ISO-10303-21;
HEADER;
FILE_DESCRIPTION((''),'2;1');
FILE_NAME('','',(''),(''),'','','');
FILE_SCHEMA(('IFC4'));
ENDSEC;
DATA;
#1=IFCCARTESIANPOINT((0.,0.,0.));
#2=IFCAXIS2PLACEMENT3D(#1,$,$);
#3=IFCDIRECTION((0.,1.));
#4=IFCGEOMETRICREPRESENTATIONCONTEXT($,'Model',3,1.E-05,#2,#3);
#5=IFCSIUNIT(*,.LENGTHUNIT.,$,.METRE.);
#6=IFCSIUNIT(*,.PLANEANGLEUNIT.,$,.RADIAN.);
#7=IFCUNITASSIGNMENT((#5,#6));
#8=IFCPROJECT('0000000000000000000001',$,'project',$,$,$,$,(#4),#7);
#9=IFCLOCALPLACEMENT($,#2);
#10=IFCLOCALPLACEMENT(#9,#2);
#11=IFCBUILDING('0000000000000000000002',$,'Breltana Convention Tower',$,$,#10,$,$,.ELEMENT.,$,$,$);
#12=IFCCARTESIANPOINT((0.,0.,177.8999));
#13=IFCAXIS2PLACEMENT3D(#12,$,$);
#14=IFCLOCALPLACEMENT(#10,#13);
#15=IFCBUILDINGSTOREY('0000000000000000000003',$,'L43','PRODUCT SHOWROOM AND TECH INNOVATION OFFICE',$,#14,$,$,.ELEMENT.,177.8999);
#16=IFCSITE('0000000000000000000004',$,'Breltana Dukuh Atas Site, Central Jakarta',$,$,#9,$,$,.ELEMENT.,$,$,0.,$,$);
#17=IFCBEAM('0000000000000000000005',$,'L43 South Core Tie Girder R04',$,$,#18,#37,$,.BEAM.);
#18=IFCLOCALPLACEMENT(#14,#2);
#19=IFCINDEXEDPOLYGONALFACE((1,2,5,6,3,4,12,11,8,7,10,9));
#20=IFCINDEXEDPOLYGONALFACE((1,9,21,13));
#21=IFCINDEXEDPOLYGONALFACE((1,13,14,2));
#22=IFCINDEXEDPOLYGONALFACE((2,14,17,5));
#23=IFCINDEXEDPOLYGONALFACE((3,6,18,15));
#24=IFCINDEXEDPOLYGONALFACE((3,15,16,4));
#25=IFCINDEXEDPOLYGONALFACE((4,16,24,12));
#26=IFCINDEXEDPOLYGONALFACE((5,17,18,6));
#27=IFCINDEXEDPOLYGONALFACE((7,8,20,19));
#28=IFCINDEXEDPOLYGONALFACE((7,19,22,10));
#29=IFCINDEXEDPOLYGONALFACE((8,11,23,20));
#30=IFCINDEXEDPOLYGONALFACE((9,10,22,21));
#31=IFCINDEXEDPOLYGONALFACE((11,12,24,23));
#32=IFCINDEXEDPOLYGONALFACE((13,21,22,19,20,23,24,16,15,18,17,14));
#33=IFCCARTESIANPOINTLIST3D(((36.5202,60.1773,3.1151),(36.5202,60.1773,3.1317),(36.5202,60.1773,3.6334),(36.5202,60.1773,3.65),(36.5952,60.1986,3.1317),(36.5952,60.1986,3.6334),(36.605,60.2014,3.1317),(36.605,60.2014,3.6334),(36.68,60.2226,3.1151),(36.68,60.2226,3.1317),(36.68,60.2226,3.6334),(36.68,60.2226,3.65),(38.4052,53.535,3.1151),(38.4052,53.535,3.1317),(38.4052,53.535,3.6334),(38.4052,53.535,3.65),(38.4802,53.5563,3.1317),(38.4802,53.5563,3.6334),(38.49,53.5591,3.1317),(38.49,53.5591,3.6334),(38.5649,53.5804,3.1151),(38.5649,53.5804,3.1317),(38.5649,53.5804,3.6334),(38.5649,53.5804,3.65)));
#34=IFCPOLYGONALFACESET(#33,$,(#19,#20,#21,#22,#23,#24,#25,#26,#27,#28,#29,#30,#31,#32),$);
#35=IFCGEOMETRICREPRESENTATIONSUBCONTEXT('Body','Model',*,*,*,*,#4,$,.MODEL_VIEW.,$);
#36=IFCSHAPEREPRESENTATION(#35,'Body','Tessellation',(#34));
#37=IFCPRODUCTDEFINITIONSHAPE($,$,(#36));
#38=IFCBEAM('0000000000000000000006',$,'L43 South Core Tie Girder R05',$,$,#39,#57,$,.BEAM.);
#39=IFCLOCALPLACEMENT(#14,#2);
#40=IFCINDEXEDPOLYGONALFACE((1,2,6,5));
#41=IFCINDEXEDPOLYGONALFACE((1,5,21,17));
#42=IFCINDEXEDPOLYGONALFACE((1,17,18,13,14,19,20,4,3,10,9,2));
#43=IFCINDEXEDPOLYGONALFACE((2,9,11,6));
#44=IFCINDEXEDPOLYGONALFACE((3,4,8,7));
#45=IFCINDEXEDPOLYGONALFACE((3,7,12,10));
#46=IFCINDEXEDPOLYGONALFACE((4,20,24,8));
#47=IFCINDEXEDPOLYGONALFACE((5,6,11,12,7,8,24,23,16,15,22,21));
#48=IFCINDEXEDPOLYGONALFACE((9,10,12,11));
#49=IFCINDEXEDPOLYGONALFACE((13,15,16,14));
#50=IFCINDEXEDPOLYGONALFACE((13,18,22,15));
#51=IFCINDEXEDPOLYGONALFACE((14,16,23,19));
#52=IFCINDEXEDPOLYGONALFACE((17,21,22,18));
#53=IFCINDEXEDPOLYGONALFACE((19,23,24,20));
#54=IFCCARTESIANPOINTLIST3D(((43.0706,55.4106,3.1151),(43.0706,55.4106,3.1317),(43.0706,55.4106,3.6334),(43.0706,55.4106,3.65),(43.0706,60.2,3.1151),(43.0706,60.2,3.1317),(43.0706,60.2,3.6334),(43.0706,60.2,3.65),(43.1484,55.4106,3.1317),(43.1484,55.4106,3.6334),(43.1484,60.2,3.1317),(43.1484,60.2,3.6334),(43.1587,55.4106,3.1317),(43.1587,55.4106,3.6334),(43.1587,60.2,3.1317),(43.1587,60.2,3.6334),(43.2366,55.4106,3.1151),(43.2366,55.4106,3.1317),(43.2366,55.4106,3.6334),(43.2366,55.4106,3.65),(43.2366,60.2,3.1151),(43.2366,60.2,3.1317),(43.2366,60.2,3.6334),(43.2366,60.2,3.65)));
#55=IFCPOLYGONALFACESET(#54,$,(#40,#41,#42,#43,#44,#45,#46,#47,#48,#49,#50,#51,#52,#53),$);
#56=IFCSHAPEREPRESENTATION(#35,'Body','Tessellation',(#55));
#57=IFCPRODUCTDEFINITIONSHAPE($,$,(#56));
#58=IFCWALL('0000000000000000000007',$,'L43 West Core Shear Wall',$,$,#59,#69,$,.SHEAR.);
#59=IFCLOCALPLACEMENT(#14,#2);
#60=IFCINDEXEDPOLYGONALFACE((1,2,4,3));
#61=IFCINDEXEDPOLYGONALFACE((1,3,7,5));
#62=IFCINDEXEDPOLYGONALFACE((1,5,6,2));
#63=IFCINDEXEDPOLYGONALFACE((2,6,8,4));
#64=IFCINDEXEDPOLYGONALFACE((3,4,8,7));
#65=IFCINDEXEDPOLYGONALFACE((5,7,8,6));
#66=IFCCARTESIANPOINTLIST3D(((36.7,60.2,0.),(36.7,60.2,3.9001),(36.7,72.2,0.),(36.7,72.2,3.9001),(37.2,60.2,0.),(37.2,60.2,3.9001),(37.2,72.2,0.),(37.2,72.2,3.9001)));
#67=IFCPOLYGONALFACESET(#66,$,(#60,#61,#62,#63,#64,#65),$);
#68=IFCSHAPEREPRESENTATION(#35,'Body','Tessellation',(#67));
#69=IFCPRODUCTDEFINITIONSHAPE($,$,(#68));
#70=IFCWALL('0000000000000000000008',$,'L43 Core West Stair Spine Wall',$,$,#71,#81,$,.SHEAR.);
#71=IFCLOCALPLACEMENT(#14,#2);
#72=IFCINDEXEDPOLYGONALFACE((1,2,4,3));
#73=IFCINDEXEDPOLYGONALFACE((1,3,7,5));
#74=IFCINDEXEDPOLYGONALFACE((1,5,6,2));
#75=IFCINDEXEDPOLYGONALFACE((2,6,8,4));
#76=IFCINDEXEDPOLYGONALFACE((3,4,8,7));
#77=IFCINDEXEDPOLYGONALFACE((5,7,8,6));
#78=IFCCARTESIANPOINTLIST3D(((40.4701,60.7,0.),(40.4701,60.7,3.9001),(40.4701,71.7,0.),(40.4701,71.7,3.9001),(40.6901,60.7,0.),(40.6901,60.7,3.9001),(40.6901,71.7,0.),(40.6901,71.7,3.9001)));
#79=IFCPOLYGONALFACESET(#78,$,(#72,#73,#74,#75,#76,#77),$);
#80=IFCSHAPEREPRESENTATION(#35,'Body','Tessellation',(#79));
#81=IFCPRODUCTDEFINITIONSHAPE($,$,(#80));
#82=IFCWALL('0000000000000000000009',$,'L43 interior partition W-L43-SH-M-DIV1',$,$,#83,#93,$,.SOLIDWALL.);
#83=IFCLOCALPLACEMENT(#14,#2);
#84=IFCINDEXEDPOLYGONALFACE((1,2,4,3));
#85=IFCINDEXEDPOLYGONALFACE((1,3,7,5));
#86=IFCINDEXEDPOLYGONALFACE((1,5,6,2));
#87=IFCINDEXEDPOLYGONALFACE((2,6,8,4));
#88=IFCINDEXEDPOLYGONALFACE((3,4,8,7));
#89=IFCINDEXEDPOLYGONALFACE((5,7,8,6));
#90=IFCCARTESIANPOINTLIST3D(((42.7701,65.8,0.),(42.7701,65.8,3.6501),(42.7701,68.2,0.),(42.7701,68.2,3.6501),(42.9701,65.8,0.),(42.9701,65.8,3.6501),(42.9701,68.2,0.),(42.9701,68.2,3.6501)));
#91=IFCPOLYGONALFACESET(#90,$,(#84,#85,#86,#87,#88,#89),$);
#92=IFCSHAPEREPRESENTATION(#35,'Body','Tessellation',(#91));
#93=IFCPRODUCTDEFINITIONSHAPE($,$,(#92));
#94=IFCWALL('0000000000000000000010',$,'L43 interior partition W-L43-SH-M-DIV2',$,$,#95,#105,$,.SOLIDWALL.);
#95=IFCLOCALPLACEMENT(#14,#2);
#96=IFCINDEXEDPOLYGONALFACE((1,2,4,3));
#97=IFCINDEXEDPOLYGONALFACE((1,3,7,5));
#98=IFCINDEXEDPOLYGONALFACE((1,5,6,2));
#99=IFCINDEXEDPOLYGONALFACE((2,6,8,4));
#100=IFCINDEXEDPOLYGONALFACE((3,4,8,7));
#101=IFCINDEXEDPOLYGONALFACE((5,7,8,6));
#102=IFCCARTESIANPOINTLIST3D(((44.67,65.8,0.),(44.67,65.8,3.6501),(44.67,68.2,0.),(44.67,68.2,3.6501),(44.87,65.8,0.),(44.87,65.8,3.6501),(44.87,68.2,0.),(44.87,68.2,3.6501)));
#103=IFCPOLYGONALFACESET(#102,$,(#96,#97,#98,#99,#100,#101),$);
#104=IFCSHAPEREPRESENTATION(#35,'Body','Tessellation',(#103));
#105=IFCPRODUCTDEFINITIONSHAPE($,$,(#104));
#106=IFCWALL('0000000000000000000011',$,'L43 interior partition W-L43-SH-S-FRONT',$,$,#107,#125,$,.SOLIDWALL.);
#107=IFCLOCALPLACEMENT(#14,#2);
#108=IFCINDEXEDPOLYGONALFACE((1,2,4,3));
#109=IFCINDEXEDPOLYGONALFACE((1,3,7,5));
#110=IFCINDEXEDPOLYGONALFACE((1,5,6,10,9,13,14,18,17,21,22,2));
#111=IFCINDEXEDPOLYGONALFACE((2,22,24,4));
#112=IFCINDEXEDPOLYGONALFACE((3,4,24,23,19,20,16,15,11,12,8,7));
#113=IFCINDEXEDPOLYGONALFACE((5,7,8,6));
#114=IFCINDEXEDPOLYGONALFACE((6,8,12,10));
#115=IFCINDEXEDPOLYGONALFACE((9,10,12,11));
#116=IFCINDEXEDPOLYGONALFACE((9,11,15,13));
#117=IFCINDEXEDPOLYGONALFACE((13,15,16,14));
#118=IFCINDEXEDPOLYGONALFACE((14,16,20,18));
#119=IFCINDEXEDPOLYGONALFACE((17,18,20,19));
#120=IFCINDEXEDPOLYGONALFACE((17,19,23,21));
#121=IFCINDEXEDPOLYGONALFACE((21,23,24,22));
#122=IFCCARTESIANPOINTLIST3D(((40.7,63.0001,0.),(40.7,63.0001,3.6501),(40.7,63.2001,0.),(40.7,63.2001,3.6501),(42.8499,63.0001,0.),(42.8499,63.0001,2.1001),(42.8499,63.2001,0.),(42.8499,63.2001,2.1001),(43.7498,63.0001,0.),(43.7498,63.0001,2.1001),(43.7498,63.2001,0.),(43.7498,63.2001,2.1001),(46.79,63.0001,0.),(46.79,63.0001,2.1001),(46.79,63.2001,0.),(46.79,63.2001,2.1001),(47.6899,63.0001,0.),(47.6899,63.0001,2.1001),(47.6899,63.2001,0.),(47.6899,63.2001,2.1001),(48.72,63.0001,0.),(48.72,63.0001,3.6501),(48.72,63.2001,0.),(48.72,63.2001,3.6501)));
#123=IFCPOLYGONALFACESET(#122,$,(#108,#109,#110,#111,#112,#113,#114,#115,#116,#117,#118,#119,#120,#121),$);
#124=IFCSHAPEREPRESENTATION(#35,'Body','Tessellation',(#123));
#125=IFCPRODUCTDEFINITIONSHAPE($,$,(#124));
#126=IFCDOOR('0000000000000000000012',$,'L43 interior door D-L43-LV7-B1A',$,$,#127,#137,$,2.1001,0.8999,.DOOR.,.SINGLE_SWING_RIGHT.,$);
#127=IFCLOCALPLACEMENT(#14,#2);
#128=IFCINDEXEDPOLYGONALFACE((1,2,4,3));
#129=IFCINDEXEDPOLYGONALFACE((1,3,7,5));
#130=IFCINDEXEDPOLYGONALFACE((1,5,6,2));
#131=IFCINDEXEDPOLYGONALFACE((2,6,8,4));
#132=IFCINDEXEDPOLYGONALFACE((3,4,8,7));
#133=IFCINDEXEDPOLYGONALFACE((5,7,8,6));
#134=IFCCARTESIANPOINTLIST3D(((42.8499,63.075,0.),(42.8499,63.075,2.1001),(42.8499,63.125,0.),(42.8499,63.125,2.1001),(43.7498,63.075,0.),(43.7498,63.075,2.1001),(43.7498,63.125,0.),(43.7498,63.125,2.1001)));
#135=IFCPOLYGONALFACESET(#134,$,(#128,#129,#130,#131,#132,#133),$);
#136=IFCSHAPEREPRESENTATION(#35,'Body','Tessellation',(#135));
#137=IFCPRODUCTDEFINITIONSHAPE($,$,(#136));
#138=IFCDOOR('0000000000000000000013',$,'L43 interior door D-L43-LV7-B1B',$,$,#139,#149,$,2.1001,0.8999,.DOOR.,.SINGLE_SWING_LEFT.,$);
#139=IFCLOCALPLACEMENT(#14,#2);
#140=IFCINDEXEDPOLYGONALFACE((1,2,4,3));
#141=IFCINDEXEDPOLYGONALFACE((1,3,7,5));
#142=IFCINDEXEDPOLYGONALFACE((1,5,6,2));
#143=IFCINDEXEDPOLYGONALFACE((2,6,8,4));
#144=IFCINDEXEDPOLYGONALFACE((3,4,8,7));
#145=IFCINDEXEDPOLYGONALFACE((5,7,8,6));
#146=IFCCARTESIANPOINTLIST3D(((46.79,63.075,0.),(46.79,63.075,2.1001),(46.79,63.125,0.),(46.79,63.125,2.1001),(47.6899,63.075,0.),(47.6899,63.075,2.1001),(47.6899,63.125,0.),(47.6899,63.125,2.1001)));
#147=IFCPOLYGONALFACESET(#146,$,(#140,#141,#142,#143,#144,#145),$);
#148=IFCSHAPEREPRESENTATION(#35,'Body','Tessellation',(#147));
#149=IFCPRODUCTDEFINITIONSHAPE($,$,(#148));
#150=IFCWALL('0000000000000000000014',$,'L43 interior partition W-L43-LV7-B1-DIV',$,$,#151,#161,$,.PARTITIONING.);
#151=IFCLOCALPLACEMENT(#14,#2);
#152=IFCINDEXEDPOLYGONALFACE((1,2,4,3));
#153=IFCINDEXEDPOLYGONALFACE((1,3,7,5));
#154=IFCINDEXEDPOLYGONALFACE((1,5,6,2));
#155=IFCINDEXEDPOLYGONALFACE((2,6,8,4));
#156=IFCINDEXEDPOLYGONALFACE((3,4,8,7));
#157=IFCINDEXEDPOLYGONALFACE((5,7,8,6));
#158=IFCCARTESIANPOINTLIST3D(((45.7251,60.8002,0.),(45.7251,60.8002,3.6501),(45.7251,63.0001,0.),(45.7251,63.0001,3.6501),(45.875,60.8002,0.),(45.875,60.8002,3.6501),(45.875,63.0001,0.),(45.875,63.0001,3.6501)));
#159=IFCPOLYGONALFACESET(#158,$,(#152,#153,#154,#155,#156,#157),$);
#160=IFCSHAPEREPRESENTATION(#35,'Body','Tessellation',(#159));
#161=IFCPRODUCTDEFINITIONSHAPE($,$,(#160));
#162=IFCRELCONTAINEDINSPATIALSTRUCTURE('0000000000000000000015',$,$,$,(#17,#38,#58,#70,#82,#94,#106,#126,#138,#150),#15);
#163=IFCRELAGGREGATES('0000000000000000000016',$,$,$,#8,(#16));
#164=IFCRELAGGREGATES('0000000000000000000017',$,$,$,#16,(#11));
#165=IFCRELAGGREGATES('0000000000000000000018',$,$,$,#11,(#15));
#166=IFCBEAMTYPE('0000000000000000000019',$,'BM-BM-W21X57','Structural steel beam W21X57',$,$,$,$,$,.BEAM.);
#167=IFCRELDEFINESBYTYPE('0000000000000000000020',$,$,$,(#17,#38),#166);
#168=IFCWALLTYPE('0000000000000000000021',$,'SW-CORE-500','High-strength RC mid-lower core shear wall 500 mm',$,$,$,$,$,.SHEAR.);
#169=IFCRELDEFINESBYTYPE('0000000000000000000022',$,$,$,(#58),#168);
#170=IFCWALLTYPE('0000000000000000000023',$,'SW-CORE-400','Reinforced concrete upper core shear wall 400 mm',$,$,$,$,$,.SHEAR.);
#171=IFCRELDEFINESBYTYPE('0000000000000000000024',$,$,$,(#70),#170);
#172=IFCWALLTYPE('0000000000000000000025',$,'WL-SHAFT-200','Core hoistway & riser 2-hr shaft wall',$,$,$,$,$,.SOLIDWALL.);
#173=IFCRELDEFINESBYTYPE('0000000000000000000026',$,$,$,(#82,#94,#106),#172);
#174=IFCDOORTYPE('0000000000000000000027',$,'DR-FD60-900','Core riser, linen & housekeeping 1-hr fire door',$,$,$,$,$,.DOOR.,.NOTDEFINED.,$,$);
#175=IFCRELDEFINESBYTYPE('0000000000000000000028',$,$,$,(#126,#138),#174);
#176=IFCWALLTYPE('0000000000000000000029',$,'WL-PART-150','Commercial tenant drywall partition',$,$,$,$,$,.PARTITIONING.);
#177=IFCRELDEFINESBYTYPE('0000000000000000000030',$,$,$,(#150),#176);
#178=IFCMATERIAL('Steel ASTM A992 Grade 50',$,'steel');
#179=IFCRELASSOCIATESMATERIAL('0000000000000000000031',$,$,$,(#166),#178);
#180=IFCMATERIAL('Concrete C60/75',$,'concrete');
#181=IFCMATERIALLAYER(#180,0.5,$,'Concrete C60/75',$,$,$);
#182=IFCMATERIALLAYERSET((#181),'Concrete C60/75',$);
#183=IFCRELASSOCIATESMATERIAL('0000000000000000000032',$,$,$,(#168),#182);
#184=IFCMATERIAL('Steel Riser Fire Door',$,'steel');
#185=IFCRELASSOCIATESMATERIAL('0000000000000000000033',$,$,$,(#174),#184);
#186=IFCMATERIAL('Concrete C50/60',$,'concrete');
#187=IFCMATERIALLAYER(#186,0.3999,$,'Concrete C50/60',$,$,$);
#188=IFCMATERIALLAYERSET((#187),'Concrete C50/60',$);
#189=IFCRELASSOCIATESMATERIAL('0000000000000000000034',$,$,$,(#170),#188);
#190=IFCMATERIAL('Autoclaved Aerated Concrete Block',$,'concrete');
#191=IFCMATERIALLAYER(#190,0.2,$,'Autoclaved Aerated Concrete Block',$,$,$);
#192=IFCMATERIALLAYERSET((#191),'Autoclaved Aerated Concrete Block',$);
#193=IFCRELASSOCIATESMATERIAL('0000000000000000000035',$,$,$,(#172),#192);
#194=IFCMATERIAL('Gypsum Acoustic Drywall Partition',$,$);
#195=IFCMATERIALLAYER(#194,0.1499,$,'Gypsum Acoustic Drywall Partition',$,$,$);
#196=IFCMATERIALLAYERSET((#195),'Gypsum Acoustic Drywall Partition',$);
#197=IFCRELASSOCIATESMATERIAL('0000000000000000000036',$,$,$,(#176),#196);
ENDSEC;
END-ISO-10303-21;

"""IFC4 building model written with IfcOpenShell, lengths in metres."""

from ifc_helpers import new_model, si_unit, direction, frame, frame_2d, origin, origin_2d, place, context, subcontext, project, spatial, rectangle, i_section, extrude, source, transform, mapped, material, layer, layer_set, material_profile, profile_set, type_object, type_shapes, element, fill, save


model = new_model("IFC4")

# Units and contexts
model_context = context("Model", 3, precision=1e-05, world=origin(), true_north=direction((0.0, 1.0)))
body_context = subcontext(model_context, "Body", "Model", "MODEL_VIEW")
ifc_project = project(units=[si_unit("LENGTHUNIT", "METRE"), si_unit("PLANEANGLEUNIT", "RADIAN")], contexts=[model_context])

# Site, building, storey
site_placement = place(None, origin())
site = spatial("IfcSite", under=ifc_project, at=site_placement, Name="Breltana Dukuh Atas Site, Central Jakarta", CompositionType="ELEMENT", RefElevation=0.0)
building_placement = place(site_placement, origin())
building = spatial("IfcBuilding", under=site, at=building_placement, Name="Breltana Convention Tower", CompositionType="ELEMENT")
storey_placement = place(building_placement, frame((0.0, 0.0, 177.8999)))
storey = spatial("IfcBuildingStorey", under=building, at=storey_placement, Name="L43", Description="PRODUCT SHOWROOM AND TECH INNOVATION OFFICE", CompositionType="ELEMENT", Elevation=177.8999)

# Beams
ifc_material_1 = material(Name="Steel ASTM A992 Grade 50", Category="steel")
ifc_material_profile = material_profile(ifc_material_1, i_section(OverallWidth=0.166, OverallDepth=0.5349, WebThickness=0.0103, FlangeThickness=0.0166, at=origin_2d()), Name="W21X57")
ifc_profile_set = profile_set([ifc_material_profile], Name="Steel ASTM A992 Grade 50")
beam_type = type_object("IfcBeamType", Name="BM-BM-W21X57", Description="Structural steel beam W21X57", PredefinedType="BEAM", material=ifc_profile_set)
shared_shape_1 = source(origin(), body_context, "Body", "SweptSolid", [
    extrude(i_section(OverallWidth=0.166, OverallDepth=0.5349, WebThickness=0.0103, FlangeThickness=0.0166, at=origin_2d()), origin(), (0.0, 0.0, 1.0), 6.9045),
])
type_shapes(beam_type, [shared_shape_1])
beam_1_placement = place(storey_placement, frame((36.6001, 60.2, 3.3826), z_axis=(0.273007, -0.962012, 0.0), x_axis=(0.962012, 0.273007, 0.0)))
element("IfcBeam", 1, at=beam_1_placement, inside=storey, type_object=beam_type, Name="L43 South Core Tie Girder R04", PredefinedType="BEAM", context=body_context, shape_type="MappedRepresentation", body=[
    mapped(shared_shape_1, transform((0.0, 0.0, 0.0), scale=1.0)),
])
shared_shape_2 = source(origin(), body_context, "Body", "SweptSolid", [
    extrude(i_section(OverallWidth=0.166, OverallDepth=0.5349, WebThickness=0.0103, FlangeThickness=0.0166, at=origin_2d()), origin(), (0.0, 0.0, 1.0), 4.7893),
])
beam_2_placement = place(storey_placement, frame((43.1536, 60.2, 3.3826), z_axis=(0.0, -1.0, 0.0), x_axis=(1.0, 0.0, 0.0)))
element("IfcBeam", 2, at=beam_2_placement, inside=storey, type_object=beam_type, Name="L43 South Core Tie Girder R05", PredefinedType="BEAM", context=body_context, shape_type="MappedRepresentation", body=[
    mapped(shared_shape_2, transform((0.0, 0.0, 0.0), scale=1.0)),
])

# Wall
ifc_material_2 = material(Name="Concrete C60/75", Category="concrete")
ifc_layer_1 = layer(ifc_material_2, 0.5, Name="Concrete C60/75")
ifc_layer_set_1 = layer_set([ifc_layer_1], Name="Concrete C60/75")
wall_type_1 = type_object("IfcWallType", Name="SW-CORE-500", Description="High-strength RC mid-lower core shear wall 500 mm", PredefinedType="SHEAR", material=ifc_layer_set_1)
shared_shape_3 = source(origin(), body_context, "Body", "SweptSolid", [
    extrude(rectangle(XDim=12.0, YDim=0.5, at=frame_2d((6.0, 0.0))), origin(), (0.0, 0.0, 1.0), 3.9001),
])
wall_1_placement = place(storey_placement, frame((36.95, 60.2, 0.0), z_axis=(0.0, 0.0, 1.0), x_axis=(0.0, 1.0, 0.0)))
element("IfcWall", 3, at=wall_1_placement, inside=storey, type_object=wall_type_1, Name="L43 West Core Shear Wall", PredefinedType="SHEAR", context=body_context, shape_type="MappedRepresentation", body=[
    mapped(shared_shape_3, transform((0.0, 0.0, 0.0), scale=1.0)),
])

# Shared definitions
ifc_material_3 = material(Name="Steel Riser Fire Door", Category="steel")
door_type_1 = type_object("IfcDoorType", Name="DR-FD60-900", Description="Core riser, linen & housekeeping 1-hr fire door", OperationType="NOTDEFINED", PredefinedType="DOOR", material=ifc_material_3)
shared_shape_4 = source(origin(), body_context, "Body", "SweptSolid", [
    extrude(rectangle(XDim=0.8999, YDim=2.1001, at=frame_2d((0.45, 1.05))), frame((0.0, 0.0249, 0.0), z_axis=(0.0, -1.0, 0.0), x_axis=(1.0, 0.0, 0.0)), (0.0, 0.0, 1.0), 0.05),
])
type_shapes(door_type_1, [shared_shape_4])

# Walls
ifc_material_4 = material(Name="Concrete C50/60", Category="concrete")
ifc_layer_2 = layer(ifc_material_4, 0.3999, Name="Concrete C50/60")
ifc_layer_set_2 = layer_set([ifc_layer_2], Name="Concrete C50/60")
wall_type_2 = type_object("IfcWallType", Name="SW-CORE-400", Description="Reinforced concrete upper core shear wall 400 mm", PredefinedType="SHEAR", material=ifc_layer_set_2)
shared_shape_5 = source(origin(), body_context, "Body", "SweptSolid", [
    extrude(rectangle(XDim=11.0, YDim=0.22, at=frame_2d((5.5, 0.0))), origin(), (0.0, 0.0, 1.0), 3.9001),
])
wall_2_placement = place(storey_placement, frame((40.5801, 60.7, 0.0), z_axis=(0.0, 0.0, 1.0), x_axis=(0.0, 1.0, 0.0)))
element("IfcWall", 4, at=wall_2_placement, inside=storey, type_object=wall_type_2, Name="L43 Core West Stair Spine Wall", PredefinedType="SHEAR", context=body_context, shape_type="MappedRepresentation", body=[
    mapped(shared_shape_5, transform((0.0, 0.0, 0.0), scale=1.0)),
])
ifc_material_5 = material(Name="Autoclaved Aerated Concrete Block", Category="concrete")
ifc_layer_3 = layer(ifc_material_5, 0.2, Name="Autoclaved Aerated Concrete Block")
ifc_layer_set_3 = layer_set([ifc_layer_3], Name="Autoclaved Aerated Concrete Block")
wall_type_3 = type_object("IfcWallType", Name="WL-SHAFT-200", Description="Core hoistway & riser 2-hr shaft wall", PredefinedType="SOLIDWALL", material=ifc_layer_set_3)
shared_shape_6 = source(origin(), body_context, "Body", "SweptSolid", [
    extrude(rectangle(XDim=2.3999, YDim=0.2, at=frame_2d((1.2, 0.0))), origin(), (0.0, 0.0, 1.0), 3.6501),
])
for number, where, z_axis, x_axis, name in (
    (5, (42.8701, 65.8, 0.0), (0.0, 0.0, 1.0), (0.0, 1.0, 0.0), "L43 interior partition W-L43-SH-M-DIV1"),
    (6, (44.77, 65.8, 0.0), (0.0, 0.0, 1.0), (0.0, 1.0, 0.0), "L43 interior partition W-L43-SH-M-DIV2"),
):
    element("IfcWall", number, at=place(storey_placement, frame(where, z_axis=z_axis, x_axis=x_axis)), inside=storey, type_object=wall_type_3, Name=name, PredefinedType="SOLIDWALL", context=body_context, shape_type="MappedRepresentation", body=[
        mapped(shared_shape_6, transform((0.0, 0.0, 0.0), scale=1.0)),
    ])

# Wall, openings, doors
shared_shape_7 = source(origin(), body_context, "Body", "SweptSolid", [
    extrude(rectangle(XDim=8.02, YDim=0.2, at=frame_2d((4.01, 0.0))), origin(), (0.0, 0.0, 1.0), 3.6501),
])
wall_3_placement = place(storey_placement, frame((40.7, 63.1001, 0.0), z_axis=(0.0, 0.0, 1.0), x_axis=(1.0, 0.0, 0.0)))
wall_3 = element("IfcWall", 7, at=wall_3_placement, inside=storey, type_object=wall_type_3, Name="L43 interior partition W-L43-SH-S-FRONT", PredefinedType="SOLIDWALL", context=body_context, shape_type="MappedRepresentation", body=[
    mapped(shared_shape_7, transform((0.0, 0.0, 0.0), scale=1.0)),
])
opening_1_placement = place(wall_3_placement, frame((2.1499, 0.0, 0.0)))
opening_1 = element("IfcOpeningElement", 8, at=opening_1_placement, cuts=wall_3, PredefinedType="OPENING", context=body_context, shape_type="SweptSolid", body=[
    extrude(rectangle(XDim=0.8999, YDim=2.1001, at=frame_2d((0.45, 1.05))), frame((0.0, 0.1099, 0.0), z_axis=(0.0, -1.0, 0.0), x_axis=(1.0, 0.0, 0.0)), (0.0, 0.0, 1.0), 0.22),
])
opening_2_placement = place(wall_3_placement, frame((6.0901, 0.0, 0.0)))
opening_2 = element("IfcOpeningElement", 9, at=opening_2_placement, cuts=wall_3, PredefinedType="OPENING", context=body_context, shape_type="SweptSolid", body=[
    extrude(rectangle(XDim=0.8999, YDim=2.1001, at=frame_2d((0.45, 1.05))), frame((0.0, 0.1099, 0.0), z_axis=(0.0, -1.0, 0.0), x_axis=(1.0, 0.0, 0.0)), (0.0, 0.0, 1.0), 0.22),
])
door_1_placement = place(opening_1_placement, origin())
door_1 = element("IfcDoor", 10, at=door_1_placement, inside=storey, type_object=door_type_1, Name="L43 interior door D-L43-LV7-B1A", OperationType="SINGLE_SWING_RIGHT", OverallHeight=2.1001, OverallWidth=0.8999, PredefinedType="DOOR", context=body_context, shape_type="MappedRepresentation", body=[
    mapped(shared_shape_4, transform((0.0, 0.0, 0.0), scale=1.0)),
])
fill(opening_1, door_1)
door_2_placement = place(opening_2_placement, origin())
door_2 = element("IfcDoor", 11, at=door_2_placement, inside=storey, type_object=door_type_1, Name="L43 interior door D-L43-LV7-B1B", OperationType="SINGLE_SWING_LEFT", OverallHeight=2.1001, OverallWidth=0.8999, PredefinedType="DOOR", context=body_context, shape_type="MappedRepresentation", body=[
    mapped(shared_shape_4, transform((0.0, 0.0, 0.0), scale=1.0)),
])
fill(opening_2, door_2)

# Wall
ifc_material_6 = material(Name="Gypsum Acoustic Drywall Partition")
ifc_layer_4 = layer(ifc_material_6, 0.1499, Name="Gypsum Acoustic Drywall Partition")
ifc_layer_set_4 = layer_set([ifc_layer_4], Name="Gypsum Acoustic Drywall Partition")
wall_type_4 = type_object("IfcWallType", Name="WL-PART-150", Description="Commercial tenant drywall partition", PredefinedType="PARTITIONING", material=ifc_layer_set_4)
shared_shape_8 = source(origin(), body_context, "Body", "SweptSolid", [
    extrude(rectangle(XDim=2.2, YDim=0.1499, at=frame_2d((1.1001, 0.0))), origin(), (0.0, 0.0, 1.0), 3.6501),
])
wall_4_placement = place(storey_placement, frame((45.8, 60.8, 0.0), z_axis=(0.0, 0.0, 1.0), x_axis=(0.0, 1.0, 0.0)))
element("IfcWall", 12, at=wall_4_placement, inside=storey, type_object=wall_type_4, Name="L43 interior partition W-L43-LV7-B1-DIV", PredefinedType="PARTITIONING", context=body_context, shape_type="MappedRepresentation", body=[
    mapped(shared_shape_8, transform((0.0, 0.0, 0.0), scale=1.0)),
])

save(model, "model.ifc")
